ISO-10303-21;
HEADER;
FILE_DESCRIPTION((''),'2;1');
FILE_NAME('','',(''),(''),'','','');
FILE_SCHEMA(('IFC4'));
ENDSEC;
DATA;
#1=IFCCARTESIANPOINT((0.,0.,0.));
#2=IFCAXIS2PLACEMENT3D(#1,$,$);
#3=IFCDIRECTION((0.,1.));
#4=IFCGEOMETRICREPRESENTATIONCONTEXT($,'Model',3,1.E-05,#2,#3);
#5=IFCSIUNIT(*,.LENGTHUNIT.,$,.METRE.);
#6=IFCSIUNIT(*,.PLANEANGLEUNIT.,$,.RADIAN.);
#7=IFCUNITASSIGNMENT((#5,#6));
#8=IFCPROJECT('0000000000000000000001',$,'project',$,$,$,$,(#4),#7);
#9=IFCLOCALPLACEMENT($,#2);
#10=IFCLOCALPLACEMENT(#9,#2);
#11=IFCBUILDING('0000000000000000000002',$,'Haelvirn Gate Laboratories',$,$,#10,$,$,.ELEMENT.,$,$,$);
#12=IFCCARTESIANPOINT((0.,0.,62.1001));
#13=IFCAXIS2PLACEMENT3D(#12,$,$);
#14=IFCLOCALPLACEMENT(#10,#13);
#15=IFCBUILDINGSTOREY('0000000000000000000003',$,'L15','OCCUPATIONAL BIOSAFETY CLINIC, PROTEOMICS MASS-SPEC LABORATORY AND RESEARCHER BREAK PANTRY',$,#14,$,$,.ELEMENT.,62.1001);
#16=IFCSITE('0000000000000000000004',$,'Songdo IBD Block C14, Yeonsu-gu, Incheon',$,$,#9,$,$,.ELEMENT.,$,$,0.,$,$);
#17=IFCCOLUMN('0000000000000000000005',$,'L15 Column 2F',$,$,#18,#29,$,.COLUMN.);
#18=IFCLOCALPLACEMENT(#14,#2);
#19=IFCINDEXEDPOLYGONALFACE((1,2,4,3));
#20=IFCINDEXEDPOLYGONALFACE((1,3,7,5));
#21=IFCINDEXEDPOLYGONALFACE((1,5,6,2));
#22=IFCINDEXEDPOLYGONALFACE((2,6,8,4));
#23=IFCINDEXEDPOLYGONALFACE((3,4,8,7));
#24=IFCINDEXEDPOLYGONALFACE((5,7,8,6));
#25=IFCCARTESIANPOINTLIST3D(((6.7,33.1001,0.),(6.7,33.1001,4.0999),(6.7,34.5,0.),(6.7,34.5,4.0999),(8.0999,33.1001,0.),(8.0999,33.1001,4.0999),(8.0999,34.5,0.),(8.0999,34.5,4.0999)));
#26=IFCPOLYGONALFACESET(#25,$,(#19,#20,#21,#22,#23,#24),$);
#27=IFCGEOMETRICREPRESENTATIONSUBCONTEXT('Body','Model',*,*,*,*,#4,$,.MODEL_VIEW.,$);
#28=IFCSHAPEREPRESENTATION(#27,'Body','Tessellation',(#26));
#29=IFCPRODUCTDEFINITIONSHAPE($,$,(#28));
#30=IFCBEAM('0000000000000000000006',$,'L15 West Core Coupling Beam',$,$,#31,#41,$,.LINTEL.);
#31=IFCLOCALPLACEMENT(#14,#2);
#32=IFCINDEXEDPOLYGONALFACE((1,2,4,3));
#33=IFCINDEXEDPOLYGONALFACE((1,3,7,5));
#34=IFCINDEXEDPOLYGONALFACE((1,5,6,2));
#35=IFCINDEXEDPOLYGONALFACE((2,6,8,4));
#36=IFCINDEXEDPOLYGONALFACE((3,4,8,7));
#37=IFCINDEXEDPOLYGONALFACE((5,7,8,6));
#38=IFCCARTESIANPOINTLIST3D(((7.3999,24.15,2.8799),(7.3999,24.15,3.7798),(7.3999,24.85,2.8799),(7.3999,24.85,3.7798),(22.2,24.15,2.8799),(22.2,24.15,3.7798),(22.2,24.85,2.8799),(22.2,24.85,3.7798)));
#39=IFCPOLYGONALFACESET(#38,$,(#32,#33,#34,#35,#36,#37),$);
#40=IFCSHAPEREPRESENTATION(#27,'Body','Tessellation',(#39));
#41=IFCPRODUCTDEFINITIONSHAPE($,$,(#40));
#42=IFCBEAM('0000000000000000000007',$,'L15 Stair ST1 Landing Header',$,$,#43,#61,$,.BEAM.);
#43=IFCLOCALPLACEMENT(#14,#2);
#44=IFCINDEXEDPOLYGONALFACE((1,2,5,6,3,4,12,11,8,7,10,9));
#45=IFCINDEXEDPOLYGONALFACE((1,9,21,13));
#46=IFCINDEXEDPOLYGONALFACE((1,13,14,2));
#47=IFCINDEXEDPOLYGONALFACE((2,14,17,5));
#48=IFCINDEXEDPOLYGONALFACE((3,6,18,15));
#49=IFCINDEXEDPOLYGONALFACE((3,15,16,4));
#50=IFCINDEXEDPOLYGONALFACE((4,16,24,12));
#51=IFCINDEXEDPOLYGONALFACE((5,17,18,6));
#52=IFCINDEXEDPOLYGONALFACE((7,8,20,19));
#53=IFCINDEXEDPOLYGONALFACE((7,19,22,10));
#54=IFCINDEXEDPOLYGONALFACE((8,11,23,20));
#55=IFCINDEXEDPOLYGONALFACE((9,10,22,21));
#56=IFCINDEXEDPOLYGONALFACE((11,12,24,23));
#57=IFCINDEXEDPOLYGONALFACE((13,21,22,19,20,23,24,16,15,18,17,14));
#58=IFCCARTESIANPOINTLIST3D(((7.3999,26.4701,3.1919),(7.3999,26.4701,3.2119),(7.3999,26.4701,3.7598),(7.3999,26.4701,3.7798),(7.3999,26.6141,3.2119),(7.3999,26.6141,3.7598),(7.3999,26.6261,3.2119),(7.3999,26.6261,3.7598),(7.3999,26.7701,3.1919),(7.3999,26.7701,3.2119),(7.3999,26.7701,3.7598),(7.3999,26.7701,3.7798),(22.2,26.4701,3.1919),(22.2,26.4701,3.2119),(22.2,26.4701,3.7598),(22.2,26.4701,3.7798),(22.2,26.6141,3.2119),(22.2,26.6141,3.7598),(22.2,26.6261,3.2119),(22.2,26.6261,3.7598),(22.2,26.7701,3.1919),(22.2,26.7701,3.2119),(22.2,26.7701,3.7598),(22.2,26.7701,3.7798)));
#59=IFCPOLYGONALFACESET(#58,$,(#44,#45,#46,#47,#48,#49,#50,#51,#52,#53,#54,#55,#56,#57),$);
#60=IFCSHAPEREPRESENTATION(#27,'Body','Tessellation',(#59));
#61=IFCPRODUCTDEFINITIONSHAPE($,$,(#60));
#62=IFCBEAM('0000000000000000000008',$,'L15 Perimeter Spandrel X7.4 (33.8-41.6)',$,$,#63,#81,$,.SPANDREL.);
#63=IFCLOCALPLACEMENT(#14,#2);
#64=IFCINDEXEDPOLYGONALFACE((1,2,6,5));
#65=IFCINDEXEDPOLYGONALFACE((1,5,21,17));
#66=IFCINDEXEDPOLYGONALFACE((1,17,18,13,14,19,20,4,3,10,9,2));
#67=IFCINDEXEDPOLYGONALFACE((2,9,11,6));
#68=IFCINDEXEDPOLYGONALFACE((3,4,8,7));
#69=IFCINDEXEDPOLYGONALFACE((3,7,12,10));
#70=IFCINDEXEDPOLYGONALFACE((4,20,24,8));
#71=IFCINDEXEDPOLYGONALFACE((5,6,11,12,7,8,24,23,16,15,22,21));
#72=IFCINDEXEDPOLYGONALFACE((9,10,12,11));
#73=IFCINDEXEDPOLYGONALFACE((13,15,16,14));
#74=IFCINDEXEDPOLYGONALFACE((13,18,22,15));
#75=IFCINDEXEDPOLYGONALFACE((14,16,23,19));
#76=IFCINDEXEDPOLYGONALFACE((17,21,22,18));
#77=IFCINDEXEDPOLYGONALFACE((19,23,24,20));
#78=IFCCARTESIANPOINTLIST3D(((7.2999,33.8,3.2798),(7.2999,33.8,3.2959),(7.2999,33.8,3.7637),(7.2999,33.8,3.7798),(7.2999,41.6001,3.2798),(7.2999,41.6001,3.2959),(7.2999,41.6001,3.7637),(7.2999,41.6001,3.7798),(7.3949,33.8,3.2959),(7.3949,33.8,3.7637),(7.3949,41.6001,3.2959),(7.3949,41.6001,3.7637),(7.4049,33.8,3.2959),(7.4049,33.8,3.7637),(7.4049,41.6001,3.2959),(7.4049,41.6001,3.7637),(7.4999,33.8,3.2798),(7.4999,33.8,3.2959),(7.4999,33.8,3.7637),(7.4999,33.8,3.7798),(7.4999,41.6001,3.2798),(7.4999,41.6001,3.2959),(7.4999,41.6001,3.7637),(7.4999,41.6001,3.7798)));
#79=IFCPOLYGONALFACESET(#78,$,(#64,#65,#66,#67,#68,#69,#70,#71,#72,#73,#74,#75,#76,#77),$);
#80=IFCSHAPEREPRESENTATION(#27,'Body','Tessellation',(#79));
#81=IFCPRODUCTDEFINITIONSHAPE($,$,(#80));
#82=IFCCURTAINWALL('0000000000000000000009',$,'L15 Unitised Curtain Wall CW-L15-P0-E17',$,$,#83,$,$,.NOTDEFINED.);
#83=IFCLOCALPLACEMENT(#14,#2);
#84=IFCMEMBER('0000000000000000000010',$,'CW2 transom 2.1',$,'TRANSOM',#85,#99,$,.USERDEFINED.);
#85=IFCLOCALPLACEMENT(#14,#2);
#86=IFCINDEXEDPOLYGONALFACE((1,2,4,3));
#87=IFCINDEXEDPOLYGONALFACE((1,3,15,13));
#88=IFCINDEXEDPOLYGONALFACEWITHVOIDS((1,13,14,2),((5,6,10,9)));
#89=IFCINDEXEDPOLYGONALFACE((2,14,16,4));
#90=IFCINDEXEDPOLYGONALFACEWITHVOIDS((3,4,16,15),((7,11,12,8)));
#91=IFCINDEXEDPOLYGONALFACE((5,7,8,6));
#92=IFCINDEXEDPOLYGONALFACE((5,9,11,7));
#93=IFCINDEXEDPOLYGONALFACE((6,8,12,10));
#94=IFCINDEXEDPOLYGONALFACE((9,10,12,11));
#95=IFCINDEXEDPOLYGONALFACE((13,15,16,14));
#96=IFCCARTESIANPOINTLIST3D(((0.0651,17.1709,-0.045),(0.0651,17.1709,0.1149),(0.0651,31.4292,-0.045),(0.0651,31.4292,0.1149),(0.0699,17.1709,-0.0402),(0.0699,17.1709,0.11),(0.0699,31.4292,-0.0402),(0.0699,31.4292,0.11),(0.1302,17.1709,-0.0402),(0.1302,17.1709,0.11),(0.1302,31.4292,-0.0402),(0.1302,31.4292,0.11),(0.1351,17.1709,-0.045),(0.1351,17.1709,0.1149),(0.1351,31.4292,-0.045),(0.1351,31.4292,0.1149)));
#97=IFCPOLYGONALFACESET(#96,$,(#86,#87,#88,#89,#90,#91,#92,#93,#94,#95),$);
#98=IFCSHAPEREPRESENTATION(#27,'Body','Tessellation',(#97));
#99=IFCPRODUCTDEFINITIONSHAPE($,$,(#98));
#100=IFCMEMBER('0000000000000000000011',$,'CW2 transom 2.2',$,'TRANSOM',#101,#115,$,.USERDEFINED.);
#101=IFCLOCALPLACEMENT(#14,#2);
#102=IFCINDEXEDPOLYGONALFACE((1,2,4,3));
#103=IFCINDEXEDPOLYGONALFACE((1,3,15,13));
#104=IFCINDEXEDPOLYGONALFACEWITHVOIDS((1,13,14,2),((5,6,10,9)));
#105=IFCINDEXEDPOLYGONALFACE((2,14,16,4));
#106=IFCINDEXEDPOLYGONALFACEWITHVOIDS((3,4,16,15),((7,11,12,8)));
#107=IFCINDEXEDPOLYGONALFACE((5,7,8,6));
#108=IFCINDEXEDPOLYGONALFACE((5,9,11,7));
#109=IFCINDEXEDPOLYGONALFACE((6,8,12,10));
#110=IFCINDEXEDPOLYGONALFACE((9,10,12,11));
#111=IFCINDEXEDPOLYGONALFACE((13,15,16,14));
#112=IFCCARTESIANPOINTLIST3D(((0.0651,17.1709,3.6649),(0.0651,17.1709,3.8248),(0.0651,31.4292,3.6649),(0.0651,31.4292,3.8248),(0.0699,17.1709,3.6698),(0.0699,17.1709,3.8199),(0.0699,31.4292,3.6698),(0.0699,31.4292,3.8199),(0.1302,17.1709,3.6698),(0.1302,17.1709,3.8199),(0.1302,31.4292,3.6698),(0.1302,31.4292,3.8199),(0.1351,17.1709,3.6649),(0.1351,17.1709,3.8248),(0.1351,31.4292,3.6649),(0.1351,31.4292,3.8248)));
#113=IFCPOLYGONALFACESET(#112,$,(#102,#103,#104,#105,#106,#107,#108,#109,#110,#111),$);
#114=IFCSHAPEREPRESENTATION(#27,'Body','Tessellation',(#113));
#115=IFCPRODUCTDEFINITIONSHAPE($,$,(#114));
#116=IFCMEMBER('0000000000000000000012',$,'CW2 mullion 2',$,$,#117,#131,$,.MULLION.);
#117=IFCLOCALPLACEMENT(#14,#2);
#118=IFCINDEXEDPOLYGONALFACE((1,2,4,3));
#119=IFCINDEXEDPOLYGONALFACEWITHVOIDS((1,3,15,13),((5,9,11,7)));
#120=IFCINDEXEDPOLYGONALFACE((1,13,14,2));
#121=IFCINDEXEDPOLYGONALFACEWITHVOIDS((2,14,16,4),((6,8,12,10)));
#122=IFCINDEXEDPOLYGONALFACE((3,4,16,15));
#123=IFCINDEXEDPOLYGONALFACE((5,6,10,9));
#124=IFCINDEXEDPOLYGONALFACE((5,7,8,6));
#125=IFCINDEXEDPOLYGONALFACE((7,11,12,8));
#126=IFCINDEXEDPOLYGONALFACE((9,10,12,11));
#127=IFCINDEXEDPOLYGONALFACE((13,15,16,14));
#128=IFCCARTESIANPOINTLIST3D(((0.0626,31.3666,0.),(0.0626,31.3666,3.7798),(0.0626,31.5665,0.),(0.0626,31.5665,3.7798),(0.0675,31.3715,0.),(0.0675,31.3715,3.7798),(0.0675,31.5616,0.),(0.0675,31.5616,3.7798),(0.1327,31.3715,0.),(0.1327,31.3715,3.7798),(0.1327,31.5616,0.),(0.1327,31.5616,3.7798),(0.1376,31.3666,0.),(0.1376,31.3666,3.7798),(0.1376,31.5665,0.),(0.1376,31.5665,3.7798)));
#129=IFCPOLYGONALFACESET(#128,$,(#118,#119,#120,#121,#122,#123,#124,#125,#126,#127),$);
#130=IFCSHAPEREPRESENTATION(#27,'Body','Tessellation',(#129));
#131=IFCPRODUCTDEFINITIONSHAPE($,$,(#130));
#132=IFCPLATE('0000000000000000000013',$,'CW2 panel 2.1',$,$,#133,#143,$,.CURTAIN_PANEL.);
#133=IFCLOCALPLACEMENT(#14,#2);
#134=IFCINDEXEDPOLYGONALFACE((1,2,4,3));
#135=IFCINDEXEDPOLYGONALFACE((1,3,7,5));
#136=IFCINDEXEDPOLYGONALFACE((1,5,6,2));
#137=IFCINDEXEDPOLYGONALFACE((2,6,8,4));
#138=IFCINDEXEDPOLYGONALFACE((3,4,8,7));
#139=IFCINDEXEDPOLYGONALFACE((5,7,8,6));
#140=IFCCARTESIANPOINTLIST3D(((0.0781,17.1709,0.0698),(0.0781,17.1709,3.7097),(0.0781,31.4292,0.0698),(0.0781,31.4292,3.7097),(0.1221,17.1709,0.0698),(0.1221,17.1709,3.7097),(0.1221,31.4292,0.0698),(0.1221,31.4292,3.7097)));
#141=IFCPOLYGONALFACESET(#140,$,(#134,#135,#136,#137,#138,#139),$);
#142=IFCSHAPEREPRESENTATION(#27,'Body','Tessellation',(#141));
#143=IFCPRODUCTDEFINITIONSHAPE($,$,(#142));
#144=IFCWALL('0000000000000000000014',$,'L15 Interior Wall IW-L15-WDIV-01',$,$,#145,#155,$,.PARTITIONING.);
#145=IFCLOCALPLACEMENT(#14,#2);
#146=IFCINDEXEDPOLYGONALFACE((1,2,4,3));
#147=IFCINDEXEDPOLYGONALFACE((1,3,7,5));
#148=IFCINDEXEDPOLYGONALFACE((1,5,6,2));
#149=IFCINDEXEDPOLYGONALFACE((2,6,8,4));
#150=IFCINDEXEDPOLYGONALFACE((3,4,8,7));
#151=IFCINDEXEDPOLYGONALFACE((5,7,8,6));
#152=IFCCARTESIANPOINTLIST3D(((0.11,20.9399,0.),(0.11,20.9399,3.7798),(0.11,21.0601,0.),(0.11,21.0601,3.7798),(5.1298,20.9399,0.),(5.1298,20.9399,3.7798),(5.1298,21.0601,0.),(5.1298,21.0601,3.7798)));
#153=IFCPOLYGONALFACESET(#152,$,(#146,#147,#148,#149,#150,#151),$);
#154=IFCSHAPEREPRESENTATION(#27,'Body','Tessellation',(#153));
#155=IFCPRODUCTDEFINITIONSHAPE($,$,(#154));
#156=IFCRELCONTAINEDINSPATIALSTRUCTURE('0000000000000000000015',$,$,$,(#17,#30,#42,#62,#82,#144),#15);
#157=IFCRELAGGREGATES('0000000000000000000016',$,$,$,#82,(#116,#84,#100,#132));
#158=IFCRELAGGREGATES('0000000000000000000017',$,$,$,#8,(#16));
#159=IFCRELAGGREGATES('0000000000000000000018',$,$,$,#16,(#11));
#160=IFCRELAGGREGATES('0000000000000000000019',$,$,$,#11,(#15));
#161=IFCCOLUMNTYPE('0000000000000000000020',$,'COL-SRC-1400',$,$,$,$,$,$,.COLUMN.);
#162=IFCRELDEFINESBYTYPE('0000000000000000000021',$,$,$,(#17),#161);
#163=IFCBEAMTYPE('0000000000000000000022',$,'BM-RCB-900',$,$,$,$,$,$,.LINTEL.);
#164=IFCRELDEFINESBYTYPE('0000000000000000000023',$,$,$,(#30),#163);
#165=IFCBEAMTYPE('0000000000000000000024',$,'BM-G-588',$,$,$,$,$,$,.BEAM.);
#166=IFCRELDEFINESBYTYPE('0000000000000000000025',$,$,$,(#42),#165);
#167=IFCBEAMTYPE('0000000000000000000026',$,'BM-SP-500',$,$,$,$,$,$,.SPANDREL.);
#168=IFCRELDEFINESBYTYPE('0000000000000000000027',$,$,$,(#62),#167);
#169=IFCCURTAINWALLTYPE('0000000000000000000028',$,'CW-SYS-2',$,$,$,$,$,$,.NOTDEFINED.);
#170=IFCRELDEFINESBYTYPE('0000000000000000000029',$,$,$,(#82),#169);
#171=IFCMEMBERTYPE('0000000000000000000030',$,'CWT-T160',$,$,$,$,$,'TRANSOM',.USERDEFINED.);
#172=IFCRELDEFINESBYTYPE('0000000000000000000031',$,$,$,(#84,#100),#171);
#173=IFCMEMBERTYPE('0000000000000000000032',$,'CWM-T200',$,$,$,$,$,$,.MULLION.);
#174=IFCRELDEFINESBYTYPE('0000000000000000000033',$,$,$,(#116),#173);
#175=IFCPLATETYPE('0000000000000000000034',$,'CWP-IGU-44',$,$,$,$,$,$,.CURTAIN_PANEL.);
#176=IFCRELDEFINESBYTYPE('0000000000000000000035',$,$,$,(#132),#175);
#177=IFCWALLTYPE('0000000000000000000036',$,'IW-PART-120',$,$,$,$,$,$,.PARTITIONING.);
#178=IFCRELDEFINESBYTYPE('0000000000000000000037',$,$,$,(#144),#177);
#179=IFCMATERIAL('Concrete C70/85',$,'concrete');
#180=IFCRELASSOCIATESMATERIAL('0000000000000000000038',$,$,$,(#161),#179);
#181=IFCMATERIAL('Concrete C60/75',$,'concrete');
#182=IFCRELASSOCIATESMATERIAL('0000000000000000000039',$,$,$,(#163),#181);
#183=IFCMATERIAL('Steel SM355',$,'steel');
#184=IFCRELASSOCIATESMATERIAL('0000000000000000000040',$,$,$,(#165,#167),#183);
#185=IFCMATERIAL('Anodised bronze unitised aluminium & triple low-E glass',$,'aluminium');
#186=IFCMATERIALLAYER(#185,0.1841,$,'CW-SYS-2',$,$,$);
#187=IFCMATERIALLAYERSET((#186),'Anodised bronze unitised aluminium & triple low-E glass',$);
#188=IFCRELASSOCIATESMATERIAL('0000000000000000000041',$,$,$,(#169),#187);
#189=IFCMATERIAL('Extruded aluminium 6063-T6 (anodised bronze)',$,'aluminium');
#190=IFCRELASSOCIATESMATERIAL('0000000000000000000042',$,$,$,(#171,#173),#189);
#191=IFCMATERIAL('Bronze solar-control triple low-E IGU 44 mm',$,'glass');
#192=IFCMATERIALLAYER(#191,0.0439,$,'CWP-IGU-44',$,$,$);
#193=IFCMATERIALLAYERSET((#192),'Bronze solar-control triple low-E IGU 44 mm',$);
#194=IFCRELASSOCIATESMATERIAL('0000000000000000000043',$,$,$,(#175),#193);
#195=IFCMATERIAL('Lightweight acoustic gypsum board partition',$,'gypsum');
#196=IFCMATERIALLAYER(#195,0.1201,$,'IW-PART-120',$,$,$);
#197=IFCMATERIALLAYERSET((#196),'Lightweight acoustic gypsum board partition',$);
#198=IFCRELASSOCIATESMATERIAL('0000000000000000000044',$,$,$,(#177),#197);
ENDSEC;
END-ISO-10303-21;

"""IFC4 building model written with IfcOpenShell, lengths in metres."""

from ifc_helpers import new_model, si_unit, direction, frame, frame_2d, origin, origin_2d, place, context, subcontext, project, spatial, rectangle, hollow_rectangle, i_section, extrude, source, transform, mapped, material, layer, layer_set, material_profile, profile_set, type_object, type_shapes, element, aggregate, save


model = new_model("IFC4")

# Units and contexts
model_context = context("Model", 3, precision=1e-05, world=origin(), true_north=direction((0.0, 1.0)))
body_context = subcontext(model_context, "Body", "Model", "MODEL_VIEW")
ifc_project = project(units=[si_unit("LENGTHUNIT", "METRE"), si_unit("PLANEANGLEUNIT", "RADIAN")], contexts=[model_context])

# Site, building, storey
site_placement = place(None, origin())
site = spatial("IfcSite", under=ifc_project, at=site_placement, Name="Songdo IBD Block C14, Yeonsu-gu, Incheon", CompositionType="ELEMENT", RefElevation=0.0)
building_placement = place(site_placement, origin())
building = spatial("IfcBuilding", under=site, at=building_placement, Name="Haelvirn Gate Laboratories", CompositionType="ELEMENT")
storey_placement = place(building_placement, frame((0.0, 0.0, 62.1001)))
storey = spatial("IfcBuildingStorey", under=building, at=storey_placement, Name="L15", Description="OCCUPATIONAL BIOSAFETY CLINIC, PROTEOMICS MASS-SPEC LABORATORY AND RESEARCHER BREAK PANTRY", CompositionType="ELEMENT", Elevation=62.1001)

# Column
ifc_material_1 = material(Name="Concrete C70/85", Category="concrete")
ifc_material_profile_1 = material_profile(ifc_material_1, rectangle(XDim=1.3999, YDim=1.3999, at=origin_2d()), Name="SRC-1400x1400")
ifc_profile_set_1 = profile_set([ifc_material_profile_1], Name="Concrete C70/85")
column_type = type_object("IfcColumnType", Name="COL-SRC-1400", PredefinedType="COLUMN", material=ifc_profile_set_1)
shared_shape_1 = source(origin(), body_context, "Body", "SweptSolid", [
    extrude(rectangle(XDim=1.3999, YDim=1.3999, at=origin_2d()), origin(), (0.0, 0.0, 1.0), 4.0999),
])
type_shapes(column_type, [shared_shape_1])
column_placement = place(storey_placement, frame((7.3999, 33.8, 0.0), z_axis=(0.0, 0.0, 1.0), x_axis=(1.0, 0.0, 0.0)))
element("IfcColumn", 1, at=column_placement, inside=storey, type_object=column_type, Name="L15 Column 2F", PredefinedType="COLUMN", context=body_context, shape_type="MappedRepresentation", body=[
    mapped(shared_shape_1, transform((0.0, 0.0, 0.0), scale=1.0)),
])

# Beams
ifc_material_2 = material(Name="Concrete C60/75", Category="concrete")
ifc_material_profile_2 = material_profile(ifc_material_2, rectangle(XDim=0.7, YDim=0.8999, at=origin_2d()), Name="RCB-700x900")
ifc_profile_set_2 = profile_set([ifc_material_profile_2], Name="Concrete C60/75")
beam_type_1 = type_object("IfcBeamType", Name="BM-RCB-900", PredefinedType="LINTEL", material=ifc_profile_set_2)
shared_shape_2 = source(origin(), body_context, "Body", "SweptSolid", [
    extrude(rectangle(XDim=0.7, YDim=0.8999, at=origin_2d()), origin(), (0.0, 0.0, 1.0), 14.8),
])
type_shapes(beam_type_1, [shared_shape_2])
beam_1_placement = place(storey_placement, frame((7.3999, 24.5, 3.3298), z_axis=(1.0, 0.0, 0.0), x_axis=(0.0, 1.0, 0.0)))
element("IfcBeam", 2, at=beam_1_placement, inside=storey, type_object=beam_type_1, Name="L15 West Core Coupling Beam", PredefinedType="LINTEL", context=body_context, shape_type="MappedRepresentation", body=[
    mapped(shared_shape_2, transform((0.0, 0.0, 0.0), scale=1.0)),
])
ifc_material_3 = material(Name="Steel SM355", Category="steel")
ifc_material_profile_3 = material_profile(ifc_material_3, i_section(OverallWidth=0.3, OverallDepth=0.5879, WebThickness=0.012, FlangeThickness=0.02, at=origin_2d()), Name="H-588x300x12x20")
ifc_profile_set_3 = profile_set([ifc_material_profile_3], Name="Steel SM355")
beam_type_2 = type_object("IfcBeamType", Name="BM-G-588", PredefinedType="BEAM", material=ifc_profile_set_3)
shared_shape_3 = source(origin(), body_context, "Body", "SweptSolid", [
    extrude(i_section(OverallWidth=0.3, OverallDepth=0.5879, WebThickness=0.012, FlangeThickness=0.02, at=origin_2d()), origin(), (0.0, 0.0, 1.0), 14.8),
])
type_shapes(beam_type_2, [shared_shape_3])
beam_2_placement = place(storey_placement, frame((7.3999, 26.6201, 3.4858), z_axis=(1.0, 0.0, 0.0), x_axis=(0.0, 1.0, 0.0)))
element("IfcBeam", 3, at=beam_2_placement, inside=storey, type_object=beam_type_2, Name="L15 Stair ST1 Landing Header", PredefinedType="BEAM", context=body_context, shape_type="MappedRepresentation", body=[
    mapped(shared_shape_3, transform((0.0, 0.0, 0.0), scale=1.0)),
])
ifc_material_profile_4 = material_profile(ifc_material_3, i_section(OverallWidth=0.2, OverallDepth=0.5, WebThickness=0.01, FlangeThickness=0.0161, at=origin_2d()), Name="H-500x200x10x16")
ifc_profile_set_4 = profile_set([ifc_material_profile_4], Name="Steel SM355")
beam_type_3 = type_object("IfcBeamType", Name="BM-SP-500", PredefinedType="SPANDREL", material=ifc_profile_set_4)
shared_shape_4 = source(origin(), body_context, "Body", "SweptSolid", [
    extrude(i_section(OverallWidth=0.2, OverallDepth=0.5, WebThickness=0.01, FlangeThickness=0.0161, at=origin_2d()), origin(), (0.0, 0.0, 1.0), 7.8),
])
type_shapes(beam_type_3, [shared_shape_4])
beam_3_placement = place(storey_placement, frame((7.3999, 33.8, 3.5298), z_axis=(0.0, 1.0, 0.0), x_axis=(-1.0, 0.0, 0.0)))
element("IfcBeam", 4, at=beam_3_placement, inside=storey, type_object=beam_type_3, Name="L15 Perimeter Spandrel X7.4 (33.8-41.6)", PredefinedType="SPANDREL", context=body_context, shape_type="MappedRepresentation", body=[
    mapped(shared_shape_4, transform((0.0, 0.0, 0.0), scale=1.0)),
])

# Curtain wall, members, plate
ifc_material_4 = material(Name="Anodised bronze unitised aluminium & triple low-E glass", Category="aluminium")
ifc_layer_1 = layer(ifc_material_4, 0.1841, Name="CW-SYS-2")
ifc_layer_set_1 = layer_set([ifc_layer_1], Name="Anodised bronze unitised aluminium & triple low-E glass")
curtain_wall_type = type_object("IfcCurtainWallType", Name="CW-SYS-2", PredefinedType="NOTDEFINED", material=ifc_layer_set_1)
curtain_wall_placement = place(storey_placement, origin())
curtain_wall = element("IfcCurtainWall", 5, at=curtain_wall_placement, inside=storey, type_object=curtain_wall_type, Name="L15 Unitised Curtain Wall CW-L15-P0-E17", PredefinedType="NOTDEFINED")
ifc_material_5 = material(Name="Extruded aluminium 6063-T6 (anodised bronze)", Category="aluminium")
ifc_material_profile_5 = material_profile(ifc_material_5, hollow_rectangle(XDim=0.0701, YDim=0.1599, WallThickness=0.0049, at=origin_2d()), Name="CWT-160x70x5")
ifc_profile_set_5 = profile_set([ifc_material_profile_5], Name="Extruded aluminium 6063-T6 (anodised bronze)")
member_type_1 = type_object("IfcMemberType", Name="CWT-T160", ElementType="TRANSOM", PredefinedType="USERDEFINED", material=ifc_profile_set_5)
shared_shape_5 = source(origin(), body_context, "Body", "SweptSolid", [
    extrude(hollow_rectangle(XDim=0.0701, YDim=0.1599, WallThickness=0.0049, at=origin_2d()), origin(), (0.0, 0.0, 1.0), 14.2583),
])
type_shapes(member_type_1, [shared_shape_5])
member_1_placement = place(storey_placement, frame((0.1001, 31.4292, 0.0349), z_axis=(0.0, -1.0, 0.0), x_axis=(1.0, 0.0, 0.0)))
member_1 = element("IfcMember", 6, at=member_1_placement, type_object=member_type_1, Name="CW2 transom 2.1", ObjectType="TRANSOM", PredefinedType="USERDEFINED", context=body_context, shape_type="MappedRepresentation", body=[
    mapped(shared_shape_5, transform((0.0, 0.0, 0.0), scale=1.0)),
])
member_2_placement = place(storey_placement, frame((0.1001, 31.4292, 3.7449), z_axis=(0.0, -1.0, 0.0), x_axis=(1.0, 0.0, 0.0)))
member_2 = element("IfcMember", 7, at=member_2_placement, type_object=member_type_1, Name="CW2 transom 2.2", ObjectType="TRANSOM", PredefinedType="USERDEFINED", context=body_context, shape_type="MappedRepresentation", body=[
    mapped(shared_shape_5, transform((0.0, 0.0, 0.0), scale=1.0)),
])
ifc_material_profile_6 = material_profile(ifc_material_5, hollow_rectangle(XDim=0.075, YDim=0.2, WallThickness=0.0049, at=origin_2d()), Name="CWM-200x75x5")
ifc_profile_set_6 = profile_set([ifc_material_profile_6], Name="Extruded aluminium 6063-T6 (anodised bronze)")
member_type_2 = type_object("IfcMemberType", Name="CWM-T200", PredefinedType="MULLION", material=ifc_profile_set_6)
shared_shape_6 = source(origin(), body_context, "Body", "SweptSolid", [
    extrude(hollow_rectangle(XDim=0.075, YDim=0.2, WallThickness=0.0049, at=origin_2d()), origin(), (0.0, 0.0, 1.0), 3.7798),
])
type_shapes(member_type_2, [shared_shape_6])
member_3_placement = place(storey_placement, frame((0.1001, 31.4666, 0.0), z_axis=(0.0, 0.0, 1.0), x_axis=(1.0, 0.0, 0.0)))
member_3 = element("IfcMember", 8, at=member_3_placement, type_object=member_type_2, Name="CW2 mullion 2", PredefinedType="MULLION", context=body_context, shape_type="MappedRepresentation", body=[
    mapped(shared_shape_6, transform((0.0, 0.0, 0.0), scale=1.0)),
])
ifc_material_6 = material(Name="Bronze solar-control triple low-E IGU 44 mm", Category="glass")
ifc_layer_2 = layer(ifc_material_6, 0.0439, Name="CWP-IGU-44")
ifc_layer_set_2 = layer_set([ifc_layer_2], Name="Bronze solar-control triple low-E IGU 44 mm")
plate_type = type_object("IfcPlateType", Name="CWP-IGU-44", PredefinedType="CURTAIN_PANEL", material=ifc_layer_set_2)
shared_shape_7 = source(origin(), body_context, "Body", "SweptSolid", [
    extrude(rectangle(XDim=14.2583, YDim=0.0439, at=origin_2d()), origin(), (0.0, 0.0, 1.0), 3.6399),
])
type_shapes(plate_type, [shared_shape_7])
plate_placement = place(storey_placement, frame((0.1001, 24.3, 0.0698), z_axis=(0.0, 0.0, 1.0), x_axis=(0.0, -1.0, 0.0)))
plate = element("IfcPlate", 9, at=plate_placement, type_object=plate_type, Name="CW2 panel 2.1", PredefinedType="CURTAIN_PANEL", context=body_context, shape_type="MappedRepresentation", body=[
    mapped(shared_shape_7, transform((0.0, 0.0, 0.0), scale=1.0)),
])
aggregate(curtain_wall, [member_3, member_1, member_2, plate])

# Wall
ifc_material_7 = material(Name="Lightweight acoustic gypsum board partition", Category="gypsum")
ifc_layer_3 = layer(ifc_material_7, 0.1201, Name="IW-PART-120")
ifc_layer_set_3 = layer_set([ifc_layer_3], Name="Lightweight acoustic gypsum board partition")
wall_type_1 = type_object("IfcWallType", Name="IW-PART-120", PredefinedType="PARTITIONING", material=ifc_layer_set_3)
wall_1_placement = place(storey_placement, frame((0.1101, 21.0, 0.0), z_axis=(0.0, 0.0, 1.0), x_axis=(1.0, 0.0, 0.0)))
element("IfcWall", 10, at=wall_1_placement, inside=storey, type_object=wall_type_1, Name="L15 Interior Wall IW-L15-WDIV-01", PredefinedType="PARTITIONING", context=body_context, shape_type="SweptSolid", body=[
    extrude(rectangle(XDim=5.0198, YDim=0.1201, at=frame_2d((2.5098, 0.0))), origin(), (0.0, 0.0, 1.0), 3.7798),
])

save(model, "model.ifc")
